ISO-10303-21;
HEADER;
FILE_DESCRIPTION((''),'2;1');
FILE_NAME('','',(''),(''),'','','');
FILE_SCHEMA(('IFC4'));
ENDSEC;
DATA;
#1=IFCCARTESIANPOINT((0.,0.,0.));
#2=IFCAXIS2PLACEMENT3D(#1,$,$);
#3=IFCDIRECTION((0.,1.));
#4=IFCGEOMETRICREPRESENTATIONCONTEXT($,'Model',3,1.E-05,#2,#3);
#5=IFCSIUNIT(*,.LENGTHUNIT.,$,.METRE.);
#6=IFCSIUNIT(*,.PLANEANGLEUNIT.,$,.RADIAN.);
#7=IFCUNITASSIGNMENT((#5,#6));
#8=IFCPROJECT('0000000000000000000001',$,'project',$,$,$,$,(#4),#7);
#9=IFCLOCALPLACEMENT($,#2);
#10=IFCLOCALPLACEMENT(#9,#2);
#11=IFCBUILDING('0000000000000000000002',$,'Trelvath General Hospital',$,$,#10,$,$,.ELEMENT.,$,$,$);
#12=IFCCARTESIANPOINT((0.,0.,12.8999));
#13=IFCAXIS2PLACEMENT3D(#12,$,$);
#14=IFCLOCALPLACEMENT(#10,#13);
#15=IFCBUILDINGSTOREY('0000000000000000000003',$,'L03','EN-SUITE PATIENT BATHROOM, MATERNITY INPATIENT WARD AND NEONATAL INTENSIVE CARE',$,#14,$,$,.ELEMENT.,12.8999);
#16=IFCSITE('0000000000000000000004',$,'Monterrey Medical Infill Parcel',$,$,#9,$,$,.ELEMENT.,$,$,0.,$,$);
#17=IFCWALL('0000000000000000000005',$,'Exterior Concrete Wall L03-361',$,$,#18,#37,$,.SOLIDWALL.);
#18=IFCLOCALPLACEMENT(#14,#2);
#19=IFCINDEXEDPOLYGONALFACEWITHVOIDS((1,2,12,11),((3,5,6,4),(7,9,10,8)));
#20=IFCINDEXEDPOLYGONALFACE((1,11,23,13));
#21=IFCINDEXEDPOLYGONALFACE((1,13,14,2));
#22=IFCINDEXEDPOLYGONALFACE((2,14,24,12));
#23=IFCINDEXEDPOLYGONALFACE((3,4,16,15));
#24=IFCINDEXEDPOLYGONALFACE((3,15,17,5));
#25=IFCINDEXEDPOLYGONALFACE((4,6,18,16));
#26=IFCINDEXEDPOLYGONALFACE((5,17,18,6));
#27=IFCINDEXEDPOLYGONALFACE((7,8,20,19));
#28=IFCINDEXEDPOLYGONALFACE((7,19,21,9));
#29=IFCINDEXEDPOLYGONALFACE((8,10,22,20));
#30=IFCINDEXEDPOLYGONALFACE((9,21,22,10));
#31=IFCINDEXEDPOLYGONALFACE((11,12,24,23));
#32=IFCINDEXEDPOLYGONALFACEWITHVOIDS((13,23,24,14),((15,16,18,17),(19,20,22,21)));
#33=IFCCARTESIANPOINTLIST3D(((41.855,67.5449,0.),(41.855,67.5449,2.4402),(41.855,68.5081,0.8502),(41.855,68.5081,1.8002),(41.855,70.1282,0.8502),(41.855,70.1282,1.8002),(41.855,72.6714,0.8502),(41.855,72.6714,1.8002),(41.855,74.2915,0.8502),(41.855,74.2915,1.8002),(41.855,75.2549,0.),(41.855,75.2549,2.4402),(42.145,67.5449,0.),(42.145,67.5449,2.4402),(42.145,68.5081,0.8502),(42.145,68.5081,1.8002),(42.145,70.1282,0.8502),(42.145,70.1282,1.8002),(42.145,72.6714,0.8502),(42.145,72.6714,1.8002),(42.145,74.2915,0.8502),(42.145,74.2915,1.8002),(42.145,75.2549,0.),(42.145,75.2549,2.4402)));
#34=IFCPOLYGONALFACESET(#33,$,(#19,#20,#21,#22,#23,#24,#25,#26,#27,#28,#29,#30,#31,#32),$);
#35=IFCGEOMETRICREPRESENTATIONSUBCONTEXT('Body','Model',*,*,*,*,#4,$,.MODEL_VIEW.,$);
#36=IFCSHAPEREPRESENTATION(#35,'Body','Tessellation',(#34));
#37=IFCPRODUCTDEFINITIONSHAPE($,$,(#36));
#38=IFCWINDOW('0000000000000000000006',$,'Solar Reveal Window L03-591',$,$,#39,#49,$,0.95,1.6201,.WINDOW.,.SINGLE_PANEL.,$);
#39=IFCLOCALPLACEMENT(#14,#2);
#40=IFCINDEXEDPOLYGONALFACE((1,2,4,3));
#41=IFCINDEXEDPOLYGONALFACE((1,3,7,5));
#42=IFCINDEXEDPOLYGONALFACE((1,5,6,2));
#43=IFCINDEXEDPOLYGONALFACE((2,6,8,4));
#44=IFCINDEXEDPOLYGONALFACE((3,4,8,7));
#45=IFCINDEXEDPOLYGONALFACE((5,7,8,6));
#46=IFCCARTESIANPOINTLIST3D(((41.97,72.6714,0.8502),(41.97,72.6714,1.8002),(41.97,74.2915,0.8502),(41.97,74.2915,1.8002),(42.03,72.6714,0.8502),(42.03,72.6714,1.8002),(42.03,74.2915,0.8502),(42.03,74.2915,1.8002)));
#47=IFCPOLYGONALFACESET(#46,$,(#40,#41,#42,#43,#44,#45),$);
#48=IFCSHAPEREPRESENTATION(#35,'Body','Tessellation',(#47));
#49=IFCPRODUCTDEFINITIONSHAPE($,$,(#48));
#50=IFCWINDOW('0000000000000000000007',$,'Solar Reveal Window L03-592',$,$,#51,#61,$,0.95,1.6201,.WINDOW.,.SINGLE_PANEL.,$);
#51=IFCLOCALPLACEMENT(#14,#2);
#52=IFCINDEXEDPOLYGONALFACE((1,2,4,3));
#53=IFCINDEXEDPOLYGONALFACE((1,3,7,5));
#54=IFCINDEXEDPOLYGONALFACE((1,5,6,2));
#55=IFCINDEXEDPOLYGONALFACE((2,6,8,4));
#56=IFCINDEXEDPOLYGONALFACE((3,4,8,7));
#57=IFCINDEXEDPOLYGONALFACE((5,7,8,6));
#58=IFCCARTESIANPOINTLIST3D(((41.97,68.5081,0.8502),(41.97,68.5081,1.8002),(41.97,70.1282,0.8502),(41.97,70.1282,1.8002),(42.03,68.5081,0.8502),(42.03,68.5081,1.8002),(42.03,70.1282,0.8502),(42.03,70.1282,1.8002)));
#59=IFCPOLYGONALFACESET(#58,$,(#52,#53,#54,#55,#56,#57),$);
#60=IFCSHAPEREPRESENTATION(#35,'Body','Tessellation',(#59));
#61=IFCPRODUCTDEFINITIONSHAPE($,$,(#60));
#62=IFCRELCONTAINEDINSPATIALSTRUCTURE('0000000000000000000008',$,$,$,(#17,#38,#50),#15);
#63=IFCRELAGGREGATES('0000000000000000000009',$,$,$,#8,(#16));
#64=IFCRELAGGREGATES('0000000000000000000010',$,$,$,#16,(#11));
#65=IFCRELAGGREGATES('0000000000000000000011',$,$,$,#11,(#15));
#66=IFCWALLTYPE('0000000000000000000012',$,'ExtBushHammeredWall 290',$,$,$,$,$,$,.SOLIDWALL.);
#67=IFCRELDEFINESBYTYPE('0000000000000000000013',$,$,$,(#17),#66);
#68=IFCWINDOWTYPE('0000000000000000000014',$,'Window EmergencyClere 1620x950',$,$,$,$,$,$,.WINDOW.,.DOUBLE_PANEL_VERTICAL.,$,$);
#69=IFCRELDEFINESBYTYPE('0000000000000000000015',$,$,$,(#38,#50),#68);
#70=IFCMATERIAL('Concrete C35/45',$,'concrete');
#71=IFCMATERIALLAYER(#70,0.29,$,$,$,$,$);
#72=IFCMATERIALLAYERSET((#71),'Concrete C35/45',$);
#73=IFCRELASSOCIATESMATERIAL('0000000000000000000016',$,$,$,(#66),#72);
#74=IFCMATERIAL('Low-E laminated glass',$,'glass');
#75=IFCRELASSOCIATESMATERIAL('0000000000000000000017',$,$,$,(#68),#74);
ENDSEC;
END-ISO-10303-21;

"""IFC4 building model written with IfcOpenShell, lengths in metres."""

from ifc_helpers import new_model, si_unit, direction, frame, frame_2d, origin, place, context, subcontext, project, spatial, rectangle, extrude, material, layer, layer_set, type_object, element, fill, save


model = new_model("IFC4")

# Units and contexts
model_context = context("Model", 3, precision=1e-05, world=origin(), true_north=direction((0.0, 1.0)))
body_context = subcontext(model_context, "Body", "Model", "MODEL_VIEW")
ifc_project = project(units=[si_unit("LENGTHUNIT", "METRE"), si_unit("PLANEANGLEUNIT", "RADIAN")], contexts=[model_context])

# Site, building, storey
site_placement = place(None, origin())
site = spatial("IfcSite", under=ifc_project, at=site_placement, Name="Monterrey Medical Infill Parcel", CompositionType="ELEMENT", RefElevation=0.0)
building_placement = place(site_placement, origin())
building = spatial("IfcBuilding", under=site, at=building_placement, Name="Trelvath General Hospital", CompositionType="ELEMENT")
storey_placement = place(building_placement, frame((0.0, 0.0, 12.8999)))
storey = spatial("IfcBuildingStorey", under=building, at=storey_placement, Name="L03", Description="EN-SUITE PATIENT BATHROOM, MATERNITY INPATIENT WARD AND NEONATAL INTENSIVE CARE", CompositionType="ELEMENT", Elevation=12.8999)

# Wall, openings, windows
ifc_material_1 = material(Name="Concrete C35/45", Category="concrete")
ifc_layer_1 = layer(ifc_material_1, 0.29)
ifc_layer_set_1 = layer_set([ifc_layer_1], Name="Concrete C35/45")
wall_type_1 = type_object("IfcWallType", Name="ExtBushHammeredWall 290", PredefinedType="SOLIDWALL", material=ifc_layer_set_1)
wall_1_placement = place(storey_placement, frame((42.0, 75.2549, 0.0), z_axis=(0.0, 0.0, 1.0), x_axis=(0.0, -1.0, 0.0)))
wall_1 = element("IfcWall", 1, at=wall_1_placement, inside=storey, type_object=wall_type_1, Name="Exterior Concrete Wall L03-361", PredefinedType="SOLIDWALL", context=body_context, shape_type="SweptSolid", body=[
    extrude(rectangle(XDim=7.71, YDim=0.29, at=frame_2d((3.855, 0.0))), origin(), (0.0, 0.0, 1.0), 2.4402),
])
opening_1_placement = place(wall_1_placement, frame((0.9634, 0.0, 0.8501)))
opening_1 = element("IfcOpeningElement", 2, at=opening_1_placement, cuts=wall_1, PredefinedType="OPENING", context=body_context, shape_type="SweptSolid", body=[
    extrude(rectangle(XDim=1.6201, YDim=0.95, at=frame_2d((0.8101, 0.4751))), frame((0.0, 0.155, 0.0), z_axis=(0.0, -1.0, 0.0), x_axis=(1.0, 0.0, 0.0)), (0.0, 0.0, 1.0), 0.3101),
])
opening_2_placement = place(wall_1_placement, frame((5.1267, 0.0, 0.8501)))
opening_2 = element("IfcOpeningElement", 3, at=opening_2_placement, cuts=wall_1, PredefinedType="OPENING", context=body_context, shape_type="SweptSolid", body=[
    extrude(rectangle(XDim=1.6201, YDim=0.95, at=frame_2d((0.8101, 0.4751))), frame((0.0, 0.155, 0.0), z_axis=(0.0, -1.0, 0.0), x_axis=(1.0, 0.0, 0.0)), (0.0, 0.0, 1.0), 0.3101),
])
ifc_material_2 = material(Name="Low-E laminated glass", Category="glass")
window_type_1 = type_object("IfcWindowType", Name="Window EmergencyClere 1620x950", PartitioningType="DOUBLE_PANEL_VERTICAL", PredefinedType="WINDOW", material=ifc_material_2)
window_1_placement = place(opening_1_placement, origin())
window_1 = element("IfcWindow", 4, at=window_1_placement, inside=storey, type_object=window_type_1, Name="Solar Reveal Window L03-591", OverallHeight=0.95, OverallWidth=1.6201, PartitioningType="SINGLE_PANEL", PredefinedType="WINDOW", context=body_context, shape_type="SweptSolid", body=[
    extrude(rectangle(XDim=1.6201, YDim=0.95, at=frame_2d((0.8101, 0.4751))), frame((0.0, 0.03, 0.0), z_axis=(0.0, -1.0, 0.0), x_axis=(1.0, 0.0, 0.0)), (0.0, 0.0, 1.0), 0.0601),
])
fill(opening_1, window_1)
window_2_placement = place(opening_2_placement, origin())
window_2 = element("IfcWindow", 5, at=window_2_placement, inside=storey, type_object=window_type_1, Name="Solar Reveal Window L03-592", OverallHeight=0.95, OverallWidth=1.6201, PartitioningType="SINGLE_PANEL", PredefinedType="WINDOW", context=body_context, shape_type="SweptSolid", body=[
    extrude(rectangle(XDim=1.6201, YDim=0.95, at=frame_2d((0.8101, 0.4751))), frame((0.0, 0.03, 0.0), z_axis=(0.0, -1.0, 0.0), x_axis=(1.0, 0.0, 0.0)), (0.0, 0.0, 1.0), 0.0601),
])
fill(opening_2, window_2)

save(model, "model.ifc")
